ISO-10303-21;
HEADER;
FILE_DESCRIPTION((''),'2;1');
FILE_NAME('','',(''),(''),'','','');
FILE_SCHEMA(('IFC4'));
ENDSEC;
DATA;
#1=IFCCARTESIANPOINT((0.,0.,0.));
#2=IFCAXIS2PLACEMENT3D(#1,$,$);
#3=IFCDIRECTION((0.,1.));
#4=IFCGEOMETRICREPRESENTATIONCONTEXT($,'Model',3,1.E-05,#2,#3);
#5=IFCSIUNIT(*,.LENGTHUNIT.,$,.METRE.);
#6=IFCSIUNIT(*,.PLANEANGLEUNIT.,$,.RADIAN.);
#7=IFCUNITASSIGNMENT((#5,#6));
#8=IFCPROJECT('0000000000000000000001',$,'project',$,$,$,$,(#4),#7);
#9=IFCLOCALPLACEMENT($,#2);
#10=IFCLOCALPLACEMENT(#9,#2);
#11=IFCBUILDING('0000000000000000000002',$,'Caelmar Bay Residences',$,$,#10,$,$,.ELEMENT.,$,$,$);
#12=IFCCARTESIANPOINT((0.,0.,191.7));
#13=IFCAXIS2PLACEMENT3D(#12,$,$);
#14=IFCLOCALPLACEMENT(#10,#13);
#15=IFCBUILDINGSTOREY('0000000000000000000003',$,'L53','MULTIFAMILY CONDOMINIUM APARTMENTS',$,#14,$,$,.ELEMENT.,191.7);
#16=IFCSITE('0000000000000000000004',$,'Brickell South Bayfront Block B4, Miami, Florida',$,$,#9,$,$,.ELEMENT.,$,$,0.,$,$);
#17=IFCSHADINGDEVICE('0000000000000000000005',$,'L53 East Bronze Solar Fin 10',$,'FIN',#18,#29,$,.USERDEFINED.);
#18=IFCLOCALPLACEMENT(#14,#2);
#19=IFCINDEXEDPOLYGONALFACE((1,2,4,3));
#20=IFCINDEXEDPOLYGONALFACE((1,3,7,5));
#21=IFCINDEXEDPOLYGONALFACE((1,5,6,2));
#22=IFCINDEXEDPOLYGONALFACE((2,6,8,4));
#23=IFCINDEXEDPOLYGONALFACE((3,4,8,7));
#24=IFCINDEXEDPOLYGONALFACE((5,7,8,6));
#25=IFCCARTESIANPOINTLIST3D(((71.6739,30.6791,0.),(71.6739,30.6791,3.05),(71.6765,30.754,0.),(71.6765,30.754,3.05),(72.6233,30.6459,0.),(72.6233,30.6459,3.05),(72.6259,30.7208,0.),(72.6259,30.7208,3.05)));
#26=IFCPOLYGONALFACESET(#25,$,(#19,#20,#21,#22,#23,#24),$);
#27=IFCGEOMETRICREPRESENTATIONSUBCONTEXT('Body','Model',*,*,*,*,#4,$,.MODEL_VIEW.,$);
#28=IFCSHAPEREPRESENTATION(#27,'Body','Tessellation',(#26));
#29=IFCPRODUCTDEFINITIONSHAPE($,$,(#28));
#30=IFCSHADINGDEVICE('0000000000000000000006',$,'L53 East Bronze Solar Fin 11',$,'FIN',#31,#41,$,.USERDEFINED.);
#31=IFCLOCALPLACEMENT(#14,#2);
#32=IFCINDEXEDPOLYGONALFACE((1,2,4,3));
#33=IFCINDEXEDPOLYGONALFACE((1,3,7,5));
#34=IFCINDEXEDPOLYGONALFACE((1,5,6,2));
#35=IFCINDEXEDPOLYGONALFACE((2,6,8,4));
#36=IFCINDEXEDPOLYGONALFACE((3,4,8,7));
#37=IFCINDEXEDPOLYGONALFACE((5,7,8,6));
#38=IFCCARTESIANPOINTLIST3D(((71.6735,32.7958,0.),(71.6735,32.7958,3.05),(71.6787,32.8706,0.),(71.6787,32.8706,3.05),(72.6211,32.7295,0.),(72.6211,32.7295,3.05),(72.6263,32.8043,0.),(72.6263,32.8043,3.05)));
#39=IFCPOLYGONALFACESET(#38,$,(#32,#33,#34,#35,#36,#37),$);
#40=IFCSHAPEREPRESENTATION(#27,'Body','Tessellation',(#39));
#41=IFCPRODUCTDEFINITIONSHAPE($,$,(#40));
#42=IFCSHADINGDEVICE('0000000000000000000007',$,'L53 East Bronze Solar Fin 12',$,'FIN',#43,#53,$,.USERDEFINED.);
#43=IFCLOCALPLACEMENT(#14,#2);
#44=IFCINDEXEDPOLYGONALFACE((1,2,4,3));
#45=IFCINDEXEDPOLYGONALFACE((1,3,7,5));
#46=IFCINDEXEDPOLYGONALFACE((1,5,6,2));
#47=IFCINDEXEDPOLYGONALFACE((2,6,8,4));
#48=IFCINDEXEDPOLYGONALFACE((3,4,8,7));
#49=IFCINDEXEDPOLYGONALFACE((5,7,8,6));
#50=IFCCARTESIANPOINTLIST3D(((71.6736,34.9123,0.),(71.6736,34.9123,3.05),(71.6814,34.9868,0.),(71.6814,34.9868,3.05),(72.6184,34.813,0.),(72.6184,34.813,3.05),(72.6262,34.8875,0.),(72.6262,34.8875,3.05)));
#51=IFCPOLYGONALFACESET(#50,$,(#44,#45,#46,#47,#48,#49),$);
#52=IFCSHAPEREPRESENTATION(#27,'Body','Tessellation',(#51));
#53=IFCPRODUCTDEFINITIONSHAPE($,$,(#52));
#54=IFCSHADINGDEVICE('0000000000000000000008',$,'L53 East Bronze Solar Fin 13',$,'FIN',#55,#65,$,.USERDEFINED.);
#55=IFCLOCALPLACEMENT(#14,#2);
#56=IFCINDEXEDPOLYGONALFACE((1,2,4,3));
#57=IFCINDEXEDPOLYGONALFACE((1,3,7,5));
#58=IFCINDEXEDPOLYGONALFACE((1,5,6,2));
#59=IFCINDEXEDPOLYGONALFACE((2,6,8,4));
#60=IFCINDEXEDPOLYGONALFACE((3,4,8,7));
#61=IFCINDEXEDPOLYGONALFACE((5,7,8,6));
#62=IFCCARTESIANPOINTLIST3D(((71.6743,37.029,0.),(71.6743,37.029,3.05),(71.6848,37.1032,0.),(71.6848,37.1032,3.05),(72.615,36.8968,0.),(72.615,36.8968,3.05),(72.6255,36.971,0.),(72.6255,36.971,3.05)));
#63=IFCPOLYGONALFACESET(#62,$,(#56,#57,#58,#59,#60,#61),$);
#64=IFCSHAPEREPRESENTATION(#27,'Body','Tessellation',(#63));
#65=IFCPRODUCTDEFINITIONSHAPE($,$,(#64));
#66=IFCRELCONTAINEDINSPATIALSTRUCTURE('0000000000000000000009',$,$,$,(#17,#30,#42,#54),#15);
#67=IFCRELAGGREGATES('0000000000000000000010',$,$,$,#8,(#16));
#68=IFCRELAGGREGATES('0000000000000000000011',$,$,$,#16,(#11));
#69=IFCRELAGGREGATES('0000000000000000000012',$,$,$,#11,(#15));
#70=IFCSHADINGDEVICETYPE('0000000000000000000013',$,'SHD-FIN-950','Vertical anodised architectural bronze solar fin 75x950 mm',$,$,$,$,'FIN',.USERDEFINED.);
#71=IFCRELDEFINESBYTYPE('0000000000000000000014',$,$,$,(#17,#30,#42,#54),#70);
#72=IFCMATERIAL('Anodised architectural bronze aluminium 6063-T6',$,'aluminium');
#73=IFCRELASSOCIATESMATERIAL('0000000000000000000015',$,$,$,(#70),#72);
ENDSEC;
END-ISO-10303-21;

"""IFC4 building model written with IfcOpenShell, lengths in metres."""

from ifc_helpers import new_model, si_unit, direction, frame, origin, origin_2d, place, context, subcontext, project, spatial, rectangle, extrude, material, material_profile, profile_set, type_object, element, save


model = new_model("IFC4")

# Units and contexts
model_context = context("Model", 3, precision=1e-05, world=origin(), true_north=direction((0.0, 1.0)))
body_context = subcontext(model_context, "Body", "Model", "MODEL_VIEW")
ifc_project = project(units=[si_unit("LENGTHUNIT", "METRE"), si_unit("PLANEANGLEUNIT", "RADIAN")], contexts=[model_context])

# Site, building, storey
site_placement = place(None, origin())
site = spatial("IfcSite", under=ifc_project, at=site_placement, Name="Brickell South Bayfront Block B4, Miami, Florida", CompositionType="ELEMENT", RefElevation=0.0)
building_placement = place(site_placement, origin())
building = spatial("IfcBuilding", under=site, at=building_placement, Name="Caelmar Bay Residences", CompositionType="ELEMENT")
storey_placement = place(building_placement, frame((0.0, 0.0, 191.7)))
storey = spatial("IfcBuildingStorey", under=building, at=storey_placement, Name="L53", Description="MULTIFAMILY CONDOMINIUM APARTMENTS", CompositionType="ELEMENT", Elevation=191.7)

# Shading devices
ifc_material_1 = material(Name="Anodised architectural bronze aluminium 6063-T6", Category="aluminium")
ifc_material_profile_1 = material_profile(ifc_material_1, rectangle(XDim=0.075, YDim=0.95, at=origin_2d()), Name="BRONZE-FIN-75X950")
ifc_profile_set_1 = profile_set([ifc_material_profile_1], Name="Anodised architectural bronze aluminium 6063-T6")
shading_device_type = type_object("IfcShadingDeviceType", Name="SHD-FIN-950", Description="Vertical anodised architectural bronze solar fin 75x950 mm", ElementType="FIN", PredefinedType="USERDEFINED", material=ifc_profile_set_1)
for number, where, z_axis, x_axis, name in (
    (1, (72.1499, 30.7, 0.0), (0.0, 0.0, 1.0), (0.034899, 0.999391, 0.0), "L53 East Bronze Solar Fin 10"),
    (2, (72.1499, 32.8, 0.0), (0.0, 0.0, 1.0), (0.069756, 0.997564, 0.0), "L53 East Bronze Solar Fin 11"),
    (3, (72.1499, 34.8999, 0.0), (0.0, 0.0, 1.0), (0.104528, 0.994522, 0.0), "L53 East Bronze Solar Fin 12"),
    (4, (72.1499, 37.0, 0.0), (0.0, 0.0, 1.0), (0.139173, 0.990268, 0.0), "L53 East Bronze Solar Fin 13"),
):
    element("IfcShadingDevice", number, at=place(storey_placement, frame(where, z_axis=z_axis, x_axis=x_axis)), inside=storey, type_object=shading_device_type, Name=name, ObjectType="FIN", PredefinedType="USERDEFINED", context=body_context, shape_type="SweptSolid", body=[
        extrude(rectangle(XDim=0.075, YDim=0.95, at=origin_2d()), origin(), (0.0, 0.0, 1.0), 3.05),
    ])

save(model, "model.ifc")
